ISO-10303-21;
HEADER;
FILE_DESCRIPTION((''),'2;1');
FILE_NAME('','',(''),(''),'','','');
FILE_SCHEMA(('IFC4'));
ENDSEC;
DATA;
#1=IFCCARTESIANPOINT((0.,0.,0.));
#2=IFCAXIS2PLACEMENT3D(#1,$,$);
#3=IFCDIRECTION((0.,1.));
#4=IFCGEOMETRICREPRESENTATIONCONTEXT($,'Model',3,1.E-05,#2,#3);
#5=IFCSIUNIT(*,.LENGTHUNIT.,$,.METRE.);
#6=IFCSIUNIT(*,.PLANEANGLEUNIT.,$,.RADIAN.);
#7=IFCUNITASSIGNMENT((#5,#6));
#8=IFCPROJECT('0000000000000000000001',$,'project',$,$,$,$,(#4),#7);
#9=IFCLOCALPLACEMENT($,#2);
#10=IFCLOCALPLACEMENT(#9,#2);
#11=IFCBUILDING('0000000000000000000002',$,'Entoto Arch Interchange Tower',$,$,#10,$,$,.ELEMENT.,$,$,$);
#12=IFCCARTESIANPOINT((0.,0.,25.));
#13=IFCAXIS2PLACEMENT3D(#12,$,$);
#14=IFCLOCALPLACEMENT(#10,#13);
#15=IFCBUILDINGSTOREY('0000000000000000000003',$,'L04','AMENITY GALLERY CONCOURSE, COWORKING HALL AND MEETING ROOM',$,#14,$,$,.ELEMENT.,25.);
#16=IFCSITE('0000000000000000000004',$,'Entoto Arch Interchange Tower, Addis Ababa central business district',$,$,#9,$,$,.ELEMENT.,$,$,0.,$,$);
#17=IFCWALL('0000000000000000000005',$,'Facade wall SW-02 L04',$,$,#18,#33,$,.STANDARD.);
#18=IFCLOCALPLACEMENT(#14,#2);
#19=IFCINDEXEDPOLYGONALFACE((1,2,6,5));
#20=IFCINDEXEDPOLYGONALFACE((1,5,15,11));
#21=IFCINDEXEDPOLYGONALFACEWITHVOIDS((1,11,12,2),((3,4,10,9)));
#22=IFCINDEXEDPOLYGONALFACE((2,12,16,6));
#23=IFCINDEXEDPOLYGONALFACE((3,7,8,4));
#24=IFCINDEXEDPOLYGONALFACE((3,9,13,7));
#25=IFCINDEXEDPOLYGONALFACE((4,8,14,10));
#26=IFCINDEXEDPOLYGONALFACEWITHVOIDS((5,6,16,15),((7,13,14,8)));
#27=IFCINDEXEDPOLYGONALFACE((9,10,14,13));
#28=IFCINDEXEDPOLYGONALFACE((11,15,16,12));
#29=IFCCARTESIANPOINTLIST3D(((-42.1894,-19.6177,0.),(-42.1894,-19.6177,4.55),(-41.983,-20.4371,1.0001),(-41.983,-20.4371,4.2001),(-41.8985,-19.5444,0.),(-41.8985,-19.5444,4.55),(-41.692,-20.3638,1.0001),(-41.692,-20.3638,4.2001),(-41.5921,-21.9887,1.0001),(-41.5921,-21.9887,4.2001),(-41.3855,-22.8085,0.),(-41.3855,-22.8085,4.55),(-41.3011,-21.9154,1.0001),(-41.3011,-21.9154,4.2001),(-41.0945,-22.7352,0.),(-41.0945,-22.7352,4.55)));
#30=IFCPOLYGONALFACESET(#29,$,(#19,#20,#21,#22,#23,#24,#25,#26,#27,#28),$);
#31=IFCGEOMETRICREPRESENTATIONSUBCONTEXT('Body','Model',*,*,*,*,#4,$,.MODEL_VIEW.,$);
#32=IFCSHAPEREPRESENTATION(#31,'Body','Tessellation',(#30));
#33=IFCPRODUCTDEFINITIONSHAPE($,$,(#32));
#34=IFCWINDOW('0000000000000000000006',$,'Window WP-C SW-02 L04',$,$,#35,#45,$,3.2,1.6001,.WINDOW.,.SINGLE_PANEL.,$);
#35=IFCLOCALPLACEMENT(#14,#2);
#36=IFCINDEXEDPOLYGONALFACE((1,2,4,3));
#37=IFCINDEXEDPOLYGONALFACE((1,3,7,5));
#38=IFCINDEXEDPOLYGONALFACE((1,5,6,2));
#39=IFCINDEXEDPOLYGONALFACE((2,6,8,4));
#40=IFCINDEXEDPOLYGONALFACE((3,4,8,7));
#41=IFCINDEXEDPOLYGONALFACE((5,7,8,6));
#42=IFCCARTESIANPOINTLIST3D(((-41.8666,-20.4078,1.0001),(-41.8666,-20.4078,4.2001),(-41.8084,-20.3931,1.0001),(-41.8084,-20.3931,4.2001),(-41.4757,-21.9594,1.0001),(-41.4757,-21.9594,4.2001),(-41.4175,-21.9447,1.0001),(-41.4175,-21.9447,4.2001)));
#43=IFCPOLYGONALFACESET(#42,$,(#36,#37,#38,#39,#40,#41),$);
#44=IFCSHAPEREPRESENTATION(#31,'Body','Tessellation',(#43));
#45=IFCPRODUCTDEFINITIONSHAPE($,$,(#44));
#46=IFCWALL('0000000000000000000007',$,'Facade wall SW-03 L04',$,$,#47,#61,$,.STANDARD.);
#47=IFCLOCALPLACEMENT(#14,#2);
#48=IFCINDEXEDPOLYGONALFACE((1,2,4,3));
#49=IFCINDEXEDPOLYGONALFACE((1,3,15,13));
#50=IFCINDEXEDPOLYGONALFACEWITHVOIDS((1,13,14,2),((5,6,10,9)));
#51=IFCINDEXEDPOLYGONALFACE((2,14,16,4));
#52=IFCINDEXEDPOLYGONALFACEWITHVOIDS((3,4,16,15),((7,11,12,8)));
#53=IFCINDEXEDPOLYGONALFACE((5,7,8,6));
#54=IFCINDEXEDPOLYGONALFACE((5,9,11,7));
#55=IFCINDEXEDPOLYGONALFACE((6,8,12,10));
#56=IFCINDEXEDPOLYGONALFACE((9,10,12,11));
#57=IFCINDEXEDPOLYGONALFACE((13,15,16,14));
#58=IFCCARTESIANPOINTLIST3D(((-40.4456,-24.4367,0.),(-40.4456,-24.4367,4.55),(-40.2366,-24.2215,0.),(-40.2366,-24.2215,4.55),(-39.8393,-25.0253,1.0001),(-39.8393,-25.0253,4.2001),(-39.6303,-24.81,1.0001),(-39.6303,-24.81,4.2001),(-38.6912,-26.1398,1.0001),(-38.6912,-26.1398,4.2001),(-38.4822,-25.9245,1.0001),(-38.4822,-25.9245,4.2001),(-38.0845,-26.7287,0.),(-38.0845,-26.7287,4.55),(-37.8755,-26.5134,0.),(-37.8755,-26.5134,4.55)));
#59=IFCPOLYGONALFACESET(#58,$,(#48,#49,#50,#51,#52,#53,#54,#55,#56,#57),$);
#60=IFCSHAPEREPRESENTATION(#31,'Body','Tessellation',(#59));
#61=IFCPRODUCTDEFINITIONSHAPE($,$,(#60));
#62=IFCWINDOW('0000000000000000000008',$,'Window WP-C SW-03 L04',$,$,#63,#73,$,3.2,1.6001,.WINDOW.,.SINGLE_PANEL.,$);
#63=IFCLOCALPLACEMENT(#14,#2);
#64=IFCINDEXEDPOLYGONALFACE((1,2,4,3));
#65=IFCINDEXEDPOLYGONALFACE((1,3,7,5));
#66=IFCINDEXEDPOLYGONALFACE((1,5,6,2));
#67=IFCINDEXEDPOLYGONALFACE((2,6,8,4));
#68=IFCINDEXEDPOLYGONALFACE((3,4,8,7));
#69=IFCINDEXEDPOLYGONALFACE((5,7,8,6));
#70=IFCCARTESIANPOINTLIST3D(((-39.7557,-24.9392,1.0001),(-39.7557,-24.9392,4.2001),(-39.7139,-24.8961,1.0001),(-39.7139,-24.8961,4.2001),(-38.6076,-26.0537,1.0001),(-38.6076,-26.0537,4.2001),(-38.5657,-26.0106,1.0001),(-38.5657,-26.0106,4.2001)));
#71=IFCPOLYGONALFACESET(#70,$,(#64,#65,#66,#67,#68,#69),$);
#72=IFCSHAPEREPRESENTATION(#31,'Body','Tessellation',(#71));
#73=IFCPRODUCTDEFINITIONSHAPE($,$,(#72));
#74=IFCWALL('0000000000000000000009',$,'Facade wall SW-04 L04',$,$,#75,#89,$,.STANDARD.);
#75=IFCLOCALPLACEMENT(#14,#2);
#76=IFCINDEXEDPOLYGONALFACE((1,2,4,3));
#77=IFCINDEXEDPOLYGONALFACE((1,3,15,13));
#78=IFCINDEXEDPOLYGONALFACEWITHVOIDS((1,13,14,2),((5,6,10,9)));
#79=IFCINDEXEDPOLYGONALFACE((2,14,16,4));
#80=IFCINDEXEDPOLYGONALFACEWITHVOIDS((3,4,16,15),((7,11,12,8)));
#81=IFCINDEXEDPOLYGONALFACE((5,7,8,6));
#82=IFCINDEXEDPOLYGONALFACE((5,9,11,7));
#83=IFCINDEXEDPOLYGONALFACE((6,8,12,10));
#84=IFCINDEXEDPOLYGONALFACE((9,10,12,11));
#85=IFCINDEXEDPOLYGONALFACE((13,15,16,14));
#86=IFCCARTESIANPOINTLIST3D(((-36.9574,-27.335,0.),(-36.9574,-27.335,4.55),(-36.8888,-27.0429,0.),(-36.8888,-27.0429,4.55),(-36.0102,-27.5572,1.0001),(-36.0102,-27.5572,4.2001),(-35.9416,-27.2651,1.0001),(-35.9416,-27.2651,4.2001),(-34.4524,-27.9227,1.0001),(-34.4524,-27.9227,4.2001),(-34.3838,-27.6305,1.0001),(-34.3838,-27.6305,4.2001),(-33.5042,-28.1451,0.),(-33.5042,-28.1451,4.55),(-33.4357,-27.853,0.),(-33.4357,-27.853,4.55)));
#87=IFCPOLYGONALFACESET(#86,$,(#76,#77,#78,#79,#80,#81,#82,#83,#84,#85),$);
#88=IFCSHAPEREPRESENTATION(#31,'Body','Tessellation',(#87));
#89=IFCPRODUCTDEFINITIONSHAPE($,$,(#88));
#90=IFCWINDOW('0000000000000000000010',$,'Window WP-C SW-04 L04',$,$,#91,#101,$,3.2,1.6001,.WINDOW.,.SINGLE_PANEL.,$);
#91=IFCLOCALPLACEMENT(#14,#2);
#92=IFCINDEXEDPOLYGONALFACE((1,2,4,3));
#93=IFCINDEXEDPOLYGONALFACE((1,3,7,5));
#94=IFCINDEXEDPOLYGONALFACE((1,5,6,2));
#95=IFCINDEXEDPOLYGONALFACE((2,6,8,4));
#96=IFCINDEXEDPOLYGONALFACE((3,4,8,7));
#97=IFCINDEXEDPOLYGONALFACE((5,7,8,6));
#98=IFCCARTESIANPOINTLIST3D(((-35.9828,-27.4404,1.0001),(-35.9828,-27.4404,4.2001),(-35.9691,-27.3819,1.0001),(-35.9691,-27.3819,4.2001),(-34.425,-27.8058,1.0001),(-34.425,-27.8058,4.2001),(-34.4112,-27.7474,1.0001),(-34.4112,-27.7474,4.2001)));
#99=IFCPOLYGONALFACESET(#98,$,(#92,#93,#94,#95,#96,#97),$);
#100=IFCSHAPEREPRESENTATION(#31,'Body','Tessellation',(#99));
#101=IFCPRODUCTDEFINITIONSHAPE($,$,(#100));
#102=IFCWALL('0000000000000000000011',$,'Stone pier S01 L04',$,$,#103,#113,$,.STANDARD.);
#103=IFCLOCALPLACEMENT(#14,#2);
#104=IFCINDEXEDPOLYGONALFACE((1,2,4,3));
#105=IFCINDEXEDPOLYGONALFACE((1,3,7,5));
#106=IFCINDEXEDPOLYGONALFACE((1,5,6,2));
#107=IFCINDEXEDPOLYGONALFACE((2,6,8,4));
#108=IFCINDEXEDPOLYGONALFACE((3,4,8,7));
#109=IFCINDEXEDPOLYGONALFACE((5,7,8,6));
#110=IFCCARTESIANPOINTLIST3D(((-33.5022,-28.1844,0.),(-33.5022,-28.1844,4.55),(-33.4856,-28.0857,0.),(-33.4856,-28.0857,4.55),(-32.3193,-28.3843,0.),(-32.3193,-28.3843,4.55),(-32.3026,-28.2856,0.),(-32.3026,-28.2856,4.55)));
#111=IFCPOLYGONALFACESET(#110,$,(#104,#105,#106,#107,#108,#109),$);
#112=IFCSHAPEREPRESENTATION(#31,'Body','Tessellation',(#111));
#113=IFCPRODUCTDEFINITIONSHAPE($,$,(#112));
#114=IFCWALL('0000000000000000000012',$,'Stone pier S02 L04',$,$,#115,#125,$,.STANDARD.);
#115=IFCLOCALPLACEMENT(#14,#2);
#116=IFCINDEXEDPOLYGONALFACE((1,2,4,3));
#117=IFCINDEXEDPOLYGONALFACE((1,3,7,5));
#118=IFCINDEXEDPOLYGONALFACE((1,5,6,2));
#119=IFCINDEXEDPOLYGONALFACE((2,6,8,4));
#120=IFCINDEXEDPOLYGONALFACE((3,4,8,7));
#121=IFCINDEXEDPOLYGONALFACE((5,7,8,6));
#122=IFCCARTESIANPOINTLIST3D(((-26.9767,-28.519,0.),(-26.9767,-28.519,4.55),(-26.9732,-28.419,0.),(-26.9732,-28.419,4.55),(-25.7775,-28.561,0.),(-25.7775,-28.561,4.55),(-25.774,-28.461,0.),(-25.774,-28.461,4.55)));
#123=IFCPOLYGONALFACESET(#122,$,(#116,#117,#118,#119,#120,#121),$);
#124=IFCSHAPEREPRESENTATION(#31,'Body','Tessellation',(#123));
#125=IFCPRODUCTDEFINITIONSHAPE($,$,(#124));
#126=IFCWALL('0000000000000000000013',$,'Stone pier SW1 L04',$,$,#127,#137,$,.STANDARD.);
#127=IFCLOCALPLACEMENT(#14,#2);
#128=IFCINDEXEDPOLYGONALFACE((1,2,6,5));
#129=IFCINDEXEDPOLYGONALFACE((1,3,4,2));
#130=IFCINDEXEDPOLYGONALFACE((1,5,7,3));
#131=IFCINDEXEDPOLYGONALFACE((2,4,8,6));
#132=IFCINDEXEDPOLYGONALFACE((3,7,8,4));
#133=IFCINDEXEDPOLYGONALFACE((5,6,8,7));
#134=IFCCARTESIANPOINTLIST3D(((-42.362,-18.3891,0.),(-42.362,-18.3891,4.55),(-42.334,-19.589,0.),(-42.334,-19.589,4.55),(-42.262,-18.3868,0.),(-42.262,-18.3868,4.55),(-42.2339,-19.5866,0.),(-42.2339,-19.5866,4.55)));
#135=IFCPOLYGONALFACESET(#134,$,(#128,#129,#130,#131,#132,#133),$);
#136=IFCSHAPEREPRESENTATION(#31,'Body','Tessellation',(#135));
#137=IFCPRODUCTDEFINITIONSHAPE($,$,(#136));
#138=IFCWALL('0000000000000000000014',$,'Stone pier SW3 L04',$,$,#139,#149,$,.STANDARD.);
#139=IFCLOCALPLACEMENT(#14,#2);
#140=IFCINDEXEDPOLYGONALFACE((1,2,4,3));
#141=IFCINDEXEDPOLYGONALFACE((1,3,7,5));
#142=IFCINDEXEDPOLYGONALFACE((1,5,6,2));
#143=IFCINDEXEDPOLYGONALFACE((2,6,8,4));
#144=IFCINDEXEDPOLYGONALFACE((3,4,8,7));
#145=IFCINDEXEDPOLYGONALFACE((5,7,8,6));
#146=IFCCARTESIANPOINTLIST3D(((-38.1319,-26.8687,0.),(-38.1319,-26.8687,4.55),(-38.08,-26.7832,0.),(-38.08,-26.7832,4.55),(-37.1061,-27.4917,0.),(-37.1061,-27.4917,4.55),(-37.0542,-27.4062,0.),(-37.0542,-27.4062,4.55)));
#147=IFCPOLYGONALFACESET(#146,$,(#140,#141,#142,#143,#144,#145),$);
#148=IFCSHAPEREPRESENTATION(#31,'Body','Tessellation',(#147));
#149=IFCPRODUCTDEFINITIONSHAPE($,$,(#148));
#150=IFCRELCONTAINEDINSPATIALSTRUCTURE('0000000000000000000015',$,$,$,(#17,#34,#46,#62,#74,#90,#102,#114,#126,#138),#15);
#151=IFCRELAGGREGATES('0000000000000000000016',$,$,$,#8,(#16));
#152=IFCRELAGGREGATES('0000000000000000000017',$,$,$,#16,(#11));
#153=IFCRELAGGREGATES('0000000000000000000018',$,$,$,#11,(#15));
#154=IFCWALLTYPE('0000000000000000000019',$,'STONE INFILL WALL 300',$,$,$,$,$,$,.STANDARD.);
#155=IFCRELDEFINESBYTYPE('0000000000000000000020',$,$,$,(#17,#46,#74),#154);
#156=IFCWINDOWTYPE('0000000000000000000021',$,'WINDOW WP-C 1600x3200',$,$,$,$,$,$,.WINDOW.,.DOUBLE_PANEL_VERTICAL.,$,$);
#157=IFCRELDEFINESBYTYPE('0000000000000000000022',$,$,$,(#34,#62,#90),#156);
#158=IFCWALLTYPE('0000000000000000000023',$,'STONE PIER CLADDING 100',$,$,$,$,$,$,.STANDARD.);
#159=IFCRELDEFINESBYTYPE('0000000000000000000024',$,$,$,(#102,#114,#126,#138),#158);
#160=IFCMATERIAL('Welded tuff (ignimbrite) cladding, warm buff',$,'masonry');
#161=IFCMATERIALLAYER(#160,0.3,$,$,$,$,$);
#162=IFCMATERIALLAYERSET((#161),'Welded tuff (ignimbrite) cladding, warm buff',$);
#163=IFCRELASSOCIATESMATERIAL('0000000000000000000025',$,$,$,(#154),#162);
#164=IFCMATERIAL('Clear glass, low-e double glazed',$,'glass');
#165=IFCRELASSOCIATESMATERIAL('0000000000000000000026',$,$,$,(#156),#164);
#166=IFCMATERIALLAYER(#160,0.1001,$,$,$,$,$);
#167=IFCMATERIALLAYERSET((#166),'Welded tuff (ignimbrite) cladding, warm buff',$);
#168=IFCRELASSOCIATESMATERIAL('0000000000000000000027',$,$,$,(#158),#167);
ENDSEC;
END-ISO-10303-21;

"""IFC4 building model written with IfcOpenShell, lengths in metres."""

from ifc_helpers import new_model, si_unit, direction, frame, frame_2d, origin, place, context, subcontext, project, spatial, rectangle, extrude, material, layer, layer_set, type_object, element, fill, save


model = new_model("IFC4")

# Units and contexts
model_context = context("Model", 3, precision=1e-05, world=origin(), true_north=direction((0.0, 1.0)))
body_context = subcontext(model_context, "Body", "Model", "MODEL_VIEW")
ifc_project = project(units=[si_unit("LENGTHUNIT", "METRE"), si_unit("PLANEANGLEUNIT", "RADIAN")], contexts=[model_context])

# Site, building, storey
site_placement = place(None, origin())
site = spatial("IfcSite", under=ifc_project, at=site_placement, Name="Entoto Arch Interchange Tower, Addis Ababa central business district", CompositionType="ELEMENT", RefElevation=0.0)
building_placement = place(site_placement, origin())
building = spatial("IfcBuilding", under=site, at=building_placement, Name="Entoto Arch Interchange Tower", CompositionType="ELEMENT")
storey_placement = place(building_placement, frame((0.0, 0.0, 25.0)))
storey = spatial("IfcBuildingStorey", under=building, at=storey_placement, Name="L04", Description="AMENITY GALLERY CONCOURSE, COWORKING HALL AND MEETING ROOM", CompositionType="ELEMENT", Elevation=25.0)

# Shared definitions
ifc_material_1 = material(Name="Welded tuff (ignimbrite) cladding, warm buff", Category="masonry")
ifc_layer_1 = layer(ifc_material_1, 0.3)
ifc_layer_set_1 = layer_set([ifc_layer_1], Name="Welded tuff (ignimbrite) cladding, warm buff")
wall_type_1 = type_object("IfcWallType", Name="STONE INFILL WALL 300", PredefinedType="STANDARD", material=ifc_layer_set_1)
ifc_material_2 = material(Name="Clear glass, low-e double glazed", Category="glass")
window_type = type_object("IfcWindowType", Name="WINDOW WP-C 1600x3200", PartitioningType="DOUBLE_PANEL_VERTICAL", PredefinedType="WINDOW", material=ifc_material_2)

# Walls, openings, windows
wall_1_placement = place(storey_placement, frame((-42.0439, -19.5811, 0.0), z_axis=(0.0, 0.0, 1.0), x_axis=(0.244316, -0.969696, 0.0)))
wall_1 = element("IfcWall", 1, at=wall_1_placement, inside=storey, type_object=wall_type_1, Name="Facade wall SW-02 L04", PredefinedType="STANDARD", context=body_context, shape_type="SweptSolid", body=[
    extrude(rectangle(XDim=3.2905, YDim=0.3, at=frame_2d((1.6453, 0.0))), origin(), (0.0, 0.0, 1.0), 4.55),
])
opening_1_placement = place(wall_1_placement, frame((0.845, 0.0, 1.0)))
opening_1 = element("IfcOpeningElement", 2, at=opening_1_placement, cuts=wall_1, PredefinedType="OPENING", context=body_context, shape_type="SweptSolid", body=[
    extrude(rectangle(XDim=1.6001, YDim=3.2, at=frame_2d((0.8, 1.6001))), frame((0.0, 0.1602, 0.0), z_axis=(0.0, -1.0, 0.0), x_axis=(1.0, 0.0, 0.0)), (0.0, 0.0, 1.0), 0.3201),
])
window_1_placement = place(opening_1_placement, origin())
window_1 = element("IfcWindow", 3, at=window_1_placement, inside=storey, type_object=window_type, Name="Window WP-C SW-02 L04", OverallHeight=3.2, OverallWidth=1.6001, PartitioningType="SINGLE_PANEL", PredefinedType="WINDOW", context=body_context, shape_type="SweptSolid", body=[
    extrude(rectangle(XDim=1.6001, YDim=3.2, at=frame_2d((0.8, 1.6001))), frame((0.0, 0.03, 0.0), z_axis=(0.0, -1.0, 0.0), x_axis=(1.0, 0.0, 0.0)), (0.0, 0.0, 1.0), 0.0601),
])
fill(opening_1, window_1)
wall_2_placement = place(storey_placement, frame((-40.3411, -24.3291, 0.0), z_axis=(0.0, 0.0, 1.0), x_axis=(0.717527, -0.69653, 0.0)))
wall_2 = element("IfcWall", 4, at=wall_2_placement, inside=storey, type_object=wall_type_1, Name="Facade wall SW-03 L04", PredefinedType="STANDARD", context=body_context, shape_type="SweptSolid", body=[
    extrude(rectangle(XDim=3.2905, YDim=0.3, at=frame_2d((1.6453, 0.0))), origin(), (0.0, 0.0, 1.0), 4.55),
])
opening_2_placement = place(wall_2_placement, frame((0.845, 0.0, 1.0)))
opening_2 = element("IfcOpeningElement", 5, at=opening_2_placement, cuts=wall_2, PredefinedType="OPENING", context=body_context, shape_type="SweptSolid", body=[
    extrude(rectangle(XDim=1.6001, YDim=3.2, at=frame_2d((0.8, 1.6001))), frame((0.0, 0.1602, 0.0), z_axis=(0.0, -1.0, 0.0), x_axis=(1.0, 0.0, 0.0)), (0.0, 0.0, 1.0), 0.3201),
])
window_2_placement = place(opening_2_placement, origin())
window_2 = element("IfcWindow", 6, at=window_2_placement, inside=storey, type_object=window_type, Name="Window WP-C SW-03 L04", OverallHeight=3.2, OverallWidth=1.6001, PartitioningType="SINGLE_PANEL", PredefinedType="WINDOW", context=body_context, shape_type="SweptSolid", body=[
    extrude(rectangle(XDim=1.6001, YDim=3.2, at=frame_2d((0.8, 1.6001))), frame((0.0, 0.03, 0.0), z_axis=(0.0, -1.0, 0.0), x_axis=(1.0, 0.0, 0.0)), (0.0, 0.0, 1.0), 0.0601),
])
fill(opening_2, window_2)
wall_3_placement = place(storey_placement, frame((-36.9231, -27.189, 0.0), z_axis=(0.0, 0.0, 1.0), x_axis=(0.97357, -0.228387, 0.0)))
wall_3 = element("IfcWall", 7, at=wall_3_placement, inside=storey, type_object=wall_type_1, Name="Facade wall SW-04 L04", PredefinedType="STANDARD", context=body_context, shape_type="SweptSolid", body=[
    extrude(rectangle(XDim=3.5469, YDim=0.3, at=frame_2d((1.7734, 0.0))), origin(), (0.0, 0.0, 1.0), 4.55),
])
opening_3_placement = place(wall_3_placement, frame((0.9729, 0.0, 1.0)))
opening_3 = element("IfcOpeningElement", 8, at=opening_3_placement, cuts=wall_3, PredefinedType="OPENING", context=body_context, shape_type="SweptSolid", body=[
    extrude(rectangle(XDim=1.6001, YDim=3.2, at=frame_2d((0.8, 1.6001))), frame((0.0, 0.1602, 0.0), z_axis=(0.0, -1.0, 0.0), x_axis=(1.0, 0.0, 0.0)), (0.0, 0.0, 1.0), 0.3201),
])
window_3_placement = place(opening_3_placement, origin())
window_3 = element("IfcWindow", 9, at=window_3_placement, inside=storey, type_object=window_type, Name="Window WP-C SW-04 L04", OverallHeight=3.2, OverallWidth=1.6001, PartitioningType="SINGLE_PANEL", PredefinedType="WINDOW", context=body_context, shape_type="SweptSolid", body=[
    extrude(rectangle(XDim=1.6001, YDim=3.2, at=frame_2d((0.8, 1.6001))), frame((0.0, 0.03, 0.0), z_axis=(0.0, -1.0, 0.0), x_axis=(1.0, 0.0, 0.0)), (0.0, 0.0, 1.0), 0.0601),
])
fill(opening_3, window_3)

# Walls
ifc_layer_2 = layer(ifc_material_1, 0.1001)
ifc_layer_set_2 = layer_set([ifc_layer_2], Name="Welded tuff (ignimbrite) cladding, warm buff")
wall_type_2 = type_object("IfcWallType", Name="STONE PIER CLADDING 100", PredefinedType="STANDARD", material=ifc_layer_set_2)
wall_4_placement = place(storey_placement, frame((-33.4939, -28.135, 0.0), z_axis=(0.0, 0.0, 1.0), x_axis=(0.986012, -0.166676, 0.0)))
element("IfcWall", 10, at=wall_4_placement, inside=storey, type_object=wall_type_2, Name="Stone pier S01 L04", PredefinedType="STANDARD", context=body_context, shape_type="SweptSolid", body=[
    extrude(rectangle(XDim=1.1997, YDim=0.1001, at=frame_2d((0.5999, 0.0))), origin(), (0.0, 0.0, 1.0), 4.55),
])
wall_5_placement = place(storey_placement, frame((-26.9751, -28.469, 0.0), z_axis=(0.0, 0.0, 1.0), x_axis=(0.999387, -0.034995, 0.0)))
element("IfcWall", 11, at=wall_5_placement, inside=storey, type_object=wall_type_2, Name="Stone pier S02 L04", PredefinedType="STANDARD", context=body_context, shape_type="SweptSolid", body=[
    extrude(rectangle(XDim=1.2, YDim=0.1001, at=frame_2d((0.6001, 0.0))), origin(), (0.0, 0.0, 1.0), 4.55),
])
for number, where, z_axis, x_axis, name in (
    (12, (-42.312, -18.3879, 0.0), (0.0, 0.0, 1.0), (0.023391, -0.999726, 0.0), "Stone pier SW1 L04"),
    (13, (-38.106, -26.8259, 0.0), (0.0, 0.0, 1.0), (0.854717, -0.519095, 0.0), "Stone pier SW3 L04"),
):
    element("IfcWall", number, at=place(storey_placement, frame(where, z_axis=z_axis, x_axis=x_axis)), inside=storey, type_object=wall_type_2, Name=name, PredefinedType="STANDARD", context=body_context, shape_type="SweptSolid", body=[
        extrude(rectangle(XDim=1.2002, YDim=0.1001, at=frame_2d((0.6001, 0.0))), origin(), (0.0, 0.0, 1.0), 4.55),
    ])

save(model, "model.ifc")
